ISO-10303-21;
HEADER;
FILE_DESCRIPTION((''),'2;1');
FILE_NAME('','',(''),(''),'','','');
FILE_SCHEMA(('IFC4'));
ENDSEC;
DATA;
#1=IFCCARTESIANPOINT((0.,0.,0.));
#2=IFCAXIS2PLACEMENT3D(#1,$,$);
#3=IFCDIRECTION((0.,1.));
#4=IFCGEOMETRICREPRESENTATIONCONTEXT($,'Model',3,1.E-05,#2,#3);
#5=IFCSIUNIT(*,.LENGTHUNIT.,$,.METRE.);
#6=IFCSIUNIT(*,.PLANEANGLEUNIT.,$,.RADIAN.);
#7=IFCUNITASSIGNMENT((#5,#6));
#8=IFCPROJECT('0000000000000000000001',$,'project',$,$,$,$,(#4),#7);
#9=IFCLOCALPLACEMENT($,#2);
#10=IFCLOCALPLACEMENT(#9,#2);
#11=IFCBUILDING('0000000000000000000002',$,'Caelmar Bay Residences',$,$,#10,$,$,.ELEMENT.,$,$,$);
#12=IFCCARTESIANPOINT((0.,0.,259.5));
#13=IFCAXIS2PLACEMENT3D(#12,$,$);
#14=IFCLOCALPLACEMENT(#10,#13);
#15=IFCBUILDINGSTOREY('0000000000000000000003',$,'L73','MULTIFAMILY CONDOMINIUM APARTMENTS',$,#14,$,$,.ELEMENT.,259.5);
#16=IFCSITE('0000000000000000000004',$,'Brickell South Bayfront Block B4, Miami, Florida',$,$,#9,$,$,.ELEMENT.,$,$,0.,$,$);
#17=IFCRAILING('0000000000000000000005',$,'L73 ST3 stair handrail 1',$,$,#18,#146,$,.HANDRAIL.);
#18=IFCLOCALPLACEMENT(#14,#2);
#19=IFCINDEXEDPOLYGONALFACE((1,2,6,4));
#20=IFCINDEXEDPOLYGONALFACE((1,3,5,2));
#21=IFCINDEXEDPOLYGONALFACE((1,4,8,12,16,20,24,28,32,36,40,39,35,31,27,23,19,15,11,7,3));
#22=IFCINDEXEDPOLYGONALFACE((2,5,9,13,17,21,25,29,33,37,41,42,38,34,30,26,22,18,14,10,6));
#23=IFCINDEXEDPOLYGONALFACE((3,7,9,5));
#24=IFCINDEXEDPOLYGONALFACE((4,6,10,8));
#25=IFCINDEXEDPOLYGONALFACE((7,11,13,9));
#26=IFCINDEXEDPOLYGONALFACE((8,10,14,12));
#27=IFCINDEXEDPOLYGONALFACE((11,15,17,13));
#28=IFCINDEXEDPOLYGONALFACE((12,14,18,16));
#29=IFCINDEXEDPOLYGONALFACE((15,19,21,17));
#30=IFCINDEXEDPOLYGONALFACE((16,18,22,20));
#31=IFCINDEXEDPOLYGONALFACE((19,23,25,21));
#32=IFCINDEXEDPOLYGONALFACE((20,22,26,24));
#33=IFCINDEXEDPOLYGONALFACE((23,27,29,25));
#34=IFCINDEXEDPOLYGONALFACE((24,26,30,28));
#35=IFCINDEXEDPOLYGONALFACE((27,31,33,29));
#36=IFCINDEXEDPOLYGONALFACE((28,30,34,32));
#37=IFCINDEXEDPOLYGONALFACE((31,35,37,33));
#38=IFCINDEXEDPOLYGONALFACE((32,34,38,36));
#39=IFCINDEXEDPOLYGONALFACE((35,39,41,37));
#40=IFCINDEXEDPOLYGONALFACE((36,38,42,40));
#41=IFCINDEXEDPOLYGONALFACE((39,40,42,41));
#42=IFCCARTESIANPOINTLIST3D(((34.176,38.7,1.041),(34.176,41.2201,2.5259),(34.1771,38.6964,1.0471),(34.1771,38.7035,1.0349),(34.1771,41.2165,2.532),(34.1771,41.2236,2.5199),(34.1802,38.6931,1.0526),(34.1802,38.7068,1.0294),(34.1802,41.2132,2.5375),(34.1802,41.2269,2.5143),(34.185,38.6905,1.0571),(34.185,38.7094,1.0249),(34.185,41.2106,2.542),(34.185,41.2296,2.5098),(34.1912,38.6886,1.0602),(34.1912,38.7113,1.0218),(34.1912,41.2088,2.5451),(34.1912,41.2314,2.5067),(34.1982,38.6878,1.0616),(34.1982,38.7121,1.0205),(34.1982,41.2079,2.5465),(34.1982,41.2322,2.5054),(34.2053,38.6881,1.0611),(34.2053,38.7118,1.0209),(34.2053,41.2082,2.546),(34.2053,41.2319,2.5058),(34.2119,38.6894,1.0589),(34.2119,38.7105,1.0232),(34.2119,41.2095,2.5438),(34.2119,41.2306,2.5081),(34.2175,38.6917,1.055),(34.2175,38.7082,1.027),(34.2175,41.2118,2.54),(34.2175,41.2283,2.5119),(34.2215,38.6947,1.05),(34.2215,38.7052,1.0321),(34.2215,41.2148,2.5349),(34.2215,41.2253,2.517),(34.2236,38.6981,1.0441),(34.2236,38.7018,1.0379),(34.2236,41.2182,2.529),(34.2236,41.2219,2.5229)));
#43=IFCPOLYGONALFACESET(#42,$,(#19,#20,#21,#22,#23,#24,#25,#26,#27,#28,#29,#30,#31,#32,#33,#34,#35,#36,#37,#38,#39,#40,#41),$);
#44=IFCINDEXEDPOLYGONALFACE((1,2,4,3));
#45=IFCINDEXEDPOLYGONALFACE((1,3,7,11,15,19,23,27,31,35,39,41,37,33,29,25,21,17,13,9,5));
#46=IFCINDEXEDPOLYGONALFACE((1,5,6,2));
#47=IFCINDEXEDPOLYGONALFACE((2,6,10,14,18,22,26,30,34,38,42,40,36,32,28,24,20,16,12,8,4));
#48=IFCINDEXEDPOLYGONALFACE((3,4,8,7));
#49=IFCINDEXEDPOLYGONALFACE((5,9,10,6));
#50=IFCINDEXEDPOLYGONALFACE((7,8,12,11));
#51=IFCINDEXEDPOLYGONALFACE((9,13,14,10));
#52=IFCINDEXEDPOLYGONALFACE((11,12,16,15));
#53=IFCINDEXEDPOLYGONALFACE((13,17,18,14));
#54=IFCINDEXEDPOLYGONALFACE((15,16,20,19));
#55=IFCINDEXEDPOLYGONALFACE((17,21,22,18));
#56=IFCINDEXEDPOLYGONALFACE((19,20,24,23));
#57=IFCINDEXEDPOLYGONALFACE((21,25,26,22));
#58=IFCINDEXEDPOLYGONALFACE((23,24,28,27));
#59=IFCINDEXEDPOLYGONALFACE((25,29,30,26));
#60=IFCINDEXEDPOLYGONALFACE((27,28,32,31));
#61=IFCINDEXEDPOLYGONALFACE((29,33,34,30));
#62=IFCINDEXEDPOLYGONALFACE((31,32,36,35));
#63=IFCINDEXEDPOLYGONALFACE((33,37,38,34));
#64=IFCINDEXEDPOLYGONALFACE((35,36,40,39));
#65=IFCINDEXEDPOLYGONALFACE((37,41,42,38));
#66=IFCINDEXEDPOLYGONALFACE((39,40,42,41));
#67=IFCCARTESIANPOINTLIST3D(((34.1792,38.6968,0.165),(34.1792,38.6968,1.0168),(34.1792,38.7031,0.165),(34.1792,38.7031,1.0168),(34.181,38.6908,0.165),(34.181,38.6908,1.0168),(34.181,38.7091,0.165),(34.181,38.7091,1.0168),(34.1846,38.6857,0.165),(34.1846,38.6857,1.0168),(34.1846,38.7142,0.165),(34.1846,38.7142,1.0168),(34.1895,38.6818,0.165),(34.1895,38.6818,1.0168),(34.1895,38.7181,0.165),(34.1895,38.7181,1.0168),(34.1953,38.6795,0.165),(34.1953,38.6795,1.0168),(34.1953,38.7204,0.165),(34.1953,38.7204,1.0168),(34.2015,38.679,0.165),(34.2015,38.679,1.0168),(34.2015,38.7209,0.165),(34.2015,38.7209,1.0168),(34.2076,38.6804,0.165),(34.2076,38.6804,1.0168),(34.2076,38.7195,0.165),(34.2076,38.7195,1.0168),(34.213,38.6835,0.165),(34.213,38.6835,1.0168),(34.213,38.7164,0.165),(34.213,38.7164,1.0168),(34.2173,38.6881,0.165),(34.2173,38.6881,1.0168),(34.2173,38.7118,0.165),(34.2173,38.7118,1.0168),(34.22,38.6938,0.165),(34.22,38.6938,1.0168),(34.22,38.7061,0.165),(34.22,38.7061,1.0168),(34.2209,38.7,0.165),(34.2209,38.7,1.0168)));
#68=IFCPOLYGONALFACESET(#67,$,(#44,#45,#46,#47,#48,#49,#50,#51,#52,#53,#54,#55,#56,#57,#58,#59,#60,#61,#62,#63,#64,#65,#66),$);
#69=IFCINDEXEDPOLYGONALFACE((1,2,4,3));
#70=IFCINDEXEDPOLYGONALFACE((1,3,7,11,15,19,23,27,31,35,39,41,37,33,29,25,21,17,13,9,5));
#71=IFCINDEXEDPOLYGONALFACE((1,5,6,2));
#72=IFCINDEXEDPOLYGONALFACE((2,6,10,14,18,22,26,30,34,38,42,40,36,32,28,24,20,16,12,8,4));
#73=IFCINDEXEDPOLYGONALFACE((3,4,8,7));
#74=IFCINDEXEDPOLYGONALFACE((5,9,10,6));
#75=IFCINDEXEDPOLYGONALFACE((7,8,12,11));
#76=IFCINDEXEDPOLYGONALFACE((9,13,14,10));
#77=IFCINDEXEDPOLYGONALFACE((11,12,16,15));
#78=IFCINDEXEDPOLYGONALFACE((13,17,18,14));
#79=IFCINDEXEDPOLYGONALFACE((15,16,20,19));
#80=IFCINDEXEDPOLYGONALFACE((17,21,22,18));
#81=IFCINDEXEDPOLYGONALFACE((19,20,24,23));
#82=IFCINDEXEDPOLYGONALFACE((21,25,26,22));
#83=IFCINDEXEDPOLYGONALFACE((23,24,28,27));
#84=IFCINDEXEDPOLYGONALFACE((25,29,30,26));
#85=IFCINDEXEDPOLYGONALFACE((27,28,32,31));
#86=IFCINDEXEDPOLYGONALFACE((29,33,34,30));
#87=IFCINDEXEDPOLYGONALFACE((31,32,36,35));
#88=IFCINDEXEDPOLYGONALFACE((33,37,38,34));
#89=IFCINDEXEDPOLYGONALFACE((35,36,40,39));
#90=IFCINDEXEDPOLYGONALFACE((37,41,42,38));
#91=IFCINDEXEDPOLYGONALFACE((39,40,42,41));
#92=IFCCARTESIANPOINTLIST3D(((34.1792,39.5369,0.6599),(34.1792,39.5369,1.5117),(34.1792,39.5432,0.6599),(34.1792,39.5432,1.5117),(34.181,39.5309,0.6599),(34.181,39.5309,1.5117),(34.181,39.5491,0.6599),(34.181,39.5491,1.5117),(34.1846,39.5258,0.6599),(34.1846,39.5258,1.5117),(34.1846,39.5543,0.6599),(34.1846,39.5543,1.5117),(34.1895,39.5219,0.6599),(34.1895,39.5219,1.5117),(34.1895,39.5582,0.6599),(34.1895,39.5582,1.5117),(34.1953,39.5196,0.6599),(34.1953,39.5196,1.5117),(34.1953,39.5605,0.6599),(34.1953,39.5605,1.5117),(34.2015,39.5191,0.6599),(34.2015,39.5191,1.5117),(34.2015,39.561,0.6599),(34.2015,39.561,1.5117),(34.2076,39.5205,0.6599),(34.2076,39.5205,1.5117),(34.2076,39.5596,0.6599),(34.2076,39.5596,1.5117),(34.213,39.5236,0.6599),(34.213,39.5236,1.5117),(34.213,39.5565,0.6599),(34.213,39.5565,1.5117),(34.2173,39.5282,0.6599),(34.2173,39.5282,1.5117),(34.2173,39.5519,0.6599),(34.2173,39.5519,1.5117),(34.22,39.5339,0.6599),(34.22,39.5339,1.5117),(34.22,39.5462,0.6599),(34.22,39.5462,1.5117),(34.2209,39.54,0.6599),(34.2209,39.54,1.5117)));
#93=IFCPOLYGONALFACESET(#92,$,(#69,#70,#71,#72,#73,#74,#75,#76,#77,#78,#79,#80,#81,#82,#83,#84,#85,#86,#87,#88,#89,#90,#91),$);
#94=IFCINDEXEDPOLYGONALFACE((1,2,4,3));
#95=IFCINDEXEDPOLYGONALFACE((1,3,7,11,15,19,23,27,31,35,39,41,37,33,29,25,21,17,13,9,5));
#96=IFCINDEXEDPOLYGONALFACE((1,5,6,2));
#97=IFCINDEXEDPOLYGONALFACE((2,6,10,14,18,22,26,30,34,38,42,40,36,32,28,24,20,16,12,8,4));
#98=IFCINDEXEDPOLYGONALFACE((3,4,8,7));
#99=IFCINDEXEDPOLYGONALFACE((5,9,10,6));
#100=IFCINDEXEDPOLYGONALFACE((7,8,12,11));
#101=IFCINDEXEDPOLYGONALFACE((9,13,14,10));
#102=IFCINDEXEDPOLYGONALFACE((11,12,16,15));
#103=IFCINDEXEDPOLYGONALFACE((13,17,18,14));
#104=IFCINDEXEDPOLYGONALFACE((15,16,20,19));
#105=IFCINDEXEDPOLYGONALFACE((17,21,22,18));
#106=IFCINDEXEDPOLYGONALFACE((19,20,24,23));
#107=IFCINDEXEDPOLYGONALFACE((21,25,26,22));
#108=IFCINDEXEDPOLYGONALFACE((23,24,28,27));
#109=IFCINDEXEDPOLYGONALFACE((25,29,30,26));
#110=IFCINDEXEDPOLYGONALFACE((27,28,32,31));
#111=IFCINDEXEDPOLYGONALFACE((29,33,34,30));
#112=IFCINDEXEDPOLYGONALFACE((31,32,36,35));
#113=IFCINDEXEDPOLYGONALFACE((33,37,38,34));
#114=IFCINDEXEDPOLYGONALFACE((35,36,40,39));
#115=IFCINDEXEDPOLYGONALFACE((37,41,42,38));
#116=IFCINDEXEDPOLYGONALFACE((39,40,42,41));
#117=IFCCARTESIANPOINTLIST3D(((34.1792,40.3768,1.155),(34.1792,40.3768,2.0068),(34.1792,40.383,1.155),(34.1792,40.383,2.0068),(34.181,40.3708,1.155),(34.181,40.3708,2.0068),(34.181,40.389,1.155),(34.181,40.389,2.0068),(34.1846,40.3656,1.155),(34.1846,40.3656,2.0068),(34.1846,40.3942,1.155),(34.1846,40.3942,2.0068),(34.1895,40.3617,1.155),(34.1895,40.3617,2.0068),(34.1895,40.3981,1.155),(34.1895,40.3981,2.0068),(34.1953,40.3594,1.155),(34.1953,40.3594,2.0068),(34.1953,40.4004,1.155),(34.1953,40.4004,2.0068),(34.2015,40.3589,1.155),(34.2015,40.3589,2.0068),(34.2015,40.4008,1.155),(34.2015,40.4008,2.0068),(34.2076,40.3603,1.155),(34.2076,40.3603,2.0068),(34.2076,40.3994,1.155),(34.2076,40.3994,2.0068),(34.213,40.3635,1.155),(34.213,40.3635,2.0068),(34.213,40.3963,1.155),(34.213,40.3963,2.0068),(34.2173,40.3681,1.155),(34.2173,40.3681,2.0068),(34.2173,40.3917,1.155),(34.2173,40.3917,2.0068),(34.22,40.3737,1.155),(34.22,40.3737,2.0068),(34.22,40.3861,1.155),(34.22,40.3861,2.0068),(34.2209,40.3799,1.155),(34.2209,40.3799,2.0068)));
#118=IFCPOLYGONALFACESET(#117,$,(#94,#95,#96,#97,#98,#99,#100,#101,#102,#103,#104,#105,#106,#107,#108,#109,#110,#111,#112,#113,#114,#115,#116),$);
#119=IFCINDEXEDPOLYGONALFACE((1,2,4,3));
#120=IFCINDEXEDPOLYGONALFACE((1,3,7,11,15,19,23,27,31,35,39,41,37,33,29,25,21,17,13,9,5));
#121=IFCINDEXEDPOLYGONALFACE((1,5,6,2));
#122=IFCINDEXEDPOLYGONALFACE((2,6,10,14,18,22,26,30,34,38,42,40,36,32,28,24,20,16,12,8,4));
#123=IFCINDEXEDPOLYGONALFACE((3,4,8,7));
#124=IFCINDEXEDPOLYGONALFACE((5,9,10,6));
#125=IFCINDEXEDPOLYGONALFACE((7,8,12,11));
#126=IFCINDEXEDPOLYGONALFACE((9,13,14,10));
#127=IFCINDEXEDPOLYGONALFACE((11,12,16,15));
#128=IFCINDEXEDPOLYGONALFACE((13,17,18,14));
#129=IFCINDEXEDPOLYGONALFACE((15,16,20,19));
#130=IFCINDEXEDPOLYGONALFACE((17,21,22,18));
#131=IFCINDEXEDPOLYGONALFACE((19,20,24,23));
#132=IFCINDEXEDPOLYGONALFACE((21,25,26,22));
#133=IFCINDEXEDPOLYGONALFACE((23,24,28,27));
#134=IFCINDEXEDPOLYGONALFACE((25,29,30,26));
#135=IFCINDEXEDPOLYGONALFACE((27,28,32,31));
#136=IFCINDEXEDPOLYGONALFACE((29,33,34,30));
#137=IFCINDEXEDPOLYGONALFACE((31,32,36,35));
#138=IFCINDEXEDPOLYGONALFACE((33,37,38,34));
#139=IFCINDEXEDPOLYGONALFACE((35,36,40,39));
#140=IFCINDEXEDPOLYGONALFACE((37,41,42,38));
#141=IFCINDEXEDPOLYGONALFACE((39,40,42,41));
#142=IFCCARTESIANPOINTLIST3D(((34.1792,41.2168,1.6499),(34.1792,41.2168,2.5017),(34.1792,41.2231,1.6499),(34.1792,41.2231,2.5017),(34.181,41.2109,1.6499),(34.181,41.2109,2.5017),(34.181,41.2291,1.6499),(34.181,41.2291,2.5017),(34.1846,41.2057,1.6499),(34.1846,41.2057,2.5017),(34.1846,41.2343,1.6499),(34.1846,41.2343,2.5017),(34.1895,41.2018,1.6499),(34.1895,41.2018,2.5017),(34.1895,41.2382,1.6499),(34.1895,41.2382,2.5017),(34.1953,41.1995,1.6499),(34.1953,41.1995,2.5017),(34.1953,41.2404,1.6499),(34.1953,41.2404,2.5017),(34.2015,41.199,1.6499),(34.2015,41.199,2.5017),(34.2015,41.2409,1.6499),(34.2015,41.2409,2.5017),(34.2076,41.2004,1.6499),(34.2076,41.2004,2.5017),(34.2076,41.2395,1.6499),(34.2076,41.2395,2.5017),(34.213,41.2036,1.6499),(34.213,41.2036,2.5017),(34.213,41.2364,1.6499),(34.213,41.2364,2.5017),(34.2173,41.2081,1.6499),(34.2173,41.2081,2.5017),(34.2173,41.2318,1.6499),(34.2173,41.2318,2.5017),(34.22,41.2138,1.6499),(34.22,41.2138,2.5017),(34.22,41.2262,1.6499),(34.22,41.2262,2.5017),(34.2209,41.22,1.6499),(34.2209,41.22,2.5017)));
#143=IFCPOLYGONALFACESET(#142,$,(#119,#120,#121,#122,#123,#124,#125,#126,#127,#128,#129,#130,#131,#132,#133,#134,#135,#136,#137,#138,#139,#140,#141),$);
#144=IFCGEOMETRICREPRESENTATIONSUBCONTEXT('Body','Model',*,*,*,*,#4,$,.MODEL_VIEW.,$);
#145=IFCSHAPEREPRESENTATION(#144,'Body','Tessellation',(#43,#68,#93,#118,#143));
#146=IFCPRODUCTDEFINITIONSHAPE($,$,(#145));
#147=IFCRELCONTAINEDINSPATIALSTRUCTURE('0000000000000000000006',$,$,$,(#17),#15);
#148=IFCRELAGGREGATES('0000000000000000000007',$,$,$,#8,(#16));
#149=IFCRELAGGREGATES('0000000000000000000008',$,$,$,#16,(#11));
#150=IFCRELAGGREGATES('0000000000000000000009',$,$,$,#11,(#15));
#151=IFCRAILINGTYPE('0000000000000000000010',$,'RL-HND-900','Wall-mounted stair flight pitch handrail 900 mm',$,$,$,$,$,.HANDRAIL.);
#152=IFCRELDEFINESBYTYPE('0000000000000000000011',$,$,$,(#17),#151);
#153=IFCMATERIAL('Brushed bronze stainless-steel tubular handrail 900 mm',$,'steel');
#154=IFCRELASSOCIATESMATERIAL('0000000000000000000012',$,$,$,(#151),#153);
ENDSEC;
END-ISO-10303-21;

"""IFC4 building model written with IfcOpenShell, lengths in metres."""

from ifc_helpers import new_model, si_unit, direction, frame, origin, origin_2d, place, context, subcontext, project, spatial, circle, extrude, material, type_object, element, save


model = new_model("IFC4")

# Units and contexts
model_context = context("Model", 3, precision=1e-05, world=origin(), true_north=direction((0.0, 1.0)))
body_context = subcontext(model_context, "Body", "Model", "MODEL_VIEW")
ifc_project = project(units=[si_unit("LENGTHUNIT", "METRE"), si_unit("PLANEANGLEUNIT", "RADIAN")], contexts=[model_context])

# Site, building, storey
site_placement = place(None, origin())
site = spatial("IfcSite", under=ifc_project, at=site_placement, Name="Brickell South Bayfront Block B4, Miami, Florida", CompositionType="ELEMENT", RefElevation=0.0)
building_placement = place(site_placement, origin())
building = spatial("IfcBuilding", under=site, at=building_placement, Name="Caelmar Bay Residences", CompositionType="ELEMENT")
storey_placement = place(building_placement, frame((0.0, 0.0, 259.5)))
storey = spatial("IfcBuildingStorey", under=building, at=storey_placement, Name="L73", Description="MULTIFAMILY CONDOMINIUM APARTMENTS", CompositionType="ELEMENT", Elevation=259.5)

# Railing
ifc_material_1 = material(Name="Brushed bronze stainless-steel tubular handrail 900 mm", Category="steel")
railing_type_1 = type_object("IfcRailingType", Name="RL-HND-900", Description="Wall-mounted stair flight pitch handrail 900 mm", PredefinedType="HANDRAIL", material=ifc_material_1)
railing_1_placement = place(storey_placement, frame((34.2, 38.7, 0.165)))
element("IfcRailing", 1, at=railing_1_placement, inside=storey, type_object=railing_type_1, Name="L73 ST3 stair handrail 1", PredefinedType="HANDRAIL", context=body_context, shape_type="SweptSolid", body=[
    extrude(circle(Radius=0.0239, at=origin_2d()), frame((0.0, 0.0, 0.876), z_axis=(0.0, 0.861561, 0.507655), x_axis=(-1.0, 0.0, 0.0)), (0.0, 0.0, 1.0), 2.925),
    extrude(circle(Radius=0.021, at=origin_2d()), origin(), (0.0, 0.0, 1.0), 0.8518),
    extrude(circle(Radius=0.021, at=origin_2d()), frame((0.0, 0.8401, 0.4949)), (0.0, 0.0, 1.0), 0.8518),
    extrude(circle(Radius=0.021, at=origin_2d()), frame((0.0, 1.6799, 0.99)), (0.0, 0.0, 1.0), 0.8518),
    extrude(circle(Radius=0.021, at=origin_2d()), frame((0.0, 2.52, 1.4849)), (0.0, 0.0, 1.0), 0.8518),
])

save(model, "model.ifc")
